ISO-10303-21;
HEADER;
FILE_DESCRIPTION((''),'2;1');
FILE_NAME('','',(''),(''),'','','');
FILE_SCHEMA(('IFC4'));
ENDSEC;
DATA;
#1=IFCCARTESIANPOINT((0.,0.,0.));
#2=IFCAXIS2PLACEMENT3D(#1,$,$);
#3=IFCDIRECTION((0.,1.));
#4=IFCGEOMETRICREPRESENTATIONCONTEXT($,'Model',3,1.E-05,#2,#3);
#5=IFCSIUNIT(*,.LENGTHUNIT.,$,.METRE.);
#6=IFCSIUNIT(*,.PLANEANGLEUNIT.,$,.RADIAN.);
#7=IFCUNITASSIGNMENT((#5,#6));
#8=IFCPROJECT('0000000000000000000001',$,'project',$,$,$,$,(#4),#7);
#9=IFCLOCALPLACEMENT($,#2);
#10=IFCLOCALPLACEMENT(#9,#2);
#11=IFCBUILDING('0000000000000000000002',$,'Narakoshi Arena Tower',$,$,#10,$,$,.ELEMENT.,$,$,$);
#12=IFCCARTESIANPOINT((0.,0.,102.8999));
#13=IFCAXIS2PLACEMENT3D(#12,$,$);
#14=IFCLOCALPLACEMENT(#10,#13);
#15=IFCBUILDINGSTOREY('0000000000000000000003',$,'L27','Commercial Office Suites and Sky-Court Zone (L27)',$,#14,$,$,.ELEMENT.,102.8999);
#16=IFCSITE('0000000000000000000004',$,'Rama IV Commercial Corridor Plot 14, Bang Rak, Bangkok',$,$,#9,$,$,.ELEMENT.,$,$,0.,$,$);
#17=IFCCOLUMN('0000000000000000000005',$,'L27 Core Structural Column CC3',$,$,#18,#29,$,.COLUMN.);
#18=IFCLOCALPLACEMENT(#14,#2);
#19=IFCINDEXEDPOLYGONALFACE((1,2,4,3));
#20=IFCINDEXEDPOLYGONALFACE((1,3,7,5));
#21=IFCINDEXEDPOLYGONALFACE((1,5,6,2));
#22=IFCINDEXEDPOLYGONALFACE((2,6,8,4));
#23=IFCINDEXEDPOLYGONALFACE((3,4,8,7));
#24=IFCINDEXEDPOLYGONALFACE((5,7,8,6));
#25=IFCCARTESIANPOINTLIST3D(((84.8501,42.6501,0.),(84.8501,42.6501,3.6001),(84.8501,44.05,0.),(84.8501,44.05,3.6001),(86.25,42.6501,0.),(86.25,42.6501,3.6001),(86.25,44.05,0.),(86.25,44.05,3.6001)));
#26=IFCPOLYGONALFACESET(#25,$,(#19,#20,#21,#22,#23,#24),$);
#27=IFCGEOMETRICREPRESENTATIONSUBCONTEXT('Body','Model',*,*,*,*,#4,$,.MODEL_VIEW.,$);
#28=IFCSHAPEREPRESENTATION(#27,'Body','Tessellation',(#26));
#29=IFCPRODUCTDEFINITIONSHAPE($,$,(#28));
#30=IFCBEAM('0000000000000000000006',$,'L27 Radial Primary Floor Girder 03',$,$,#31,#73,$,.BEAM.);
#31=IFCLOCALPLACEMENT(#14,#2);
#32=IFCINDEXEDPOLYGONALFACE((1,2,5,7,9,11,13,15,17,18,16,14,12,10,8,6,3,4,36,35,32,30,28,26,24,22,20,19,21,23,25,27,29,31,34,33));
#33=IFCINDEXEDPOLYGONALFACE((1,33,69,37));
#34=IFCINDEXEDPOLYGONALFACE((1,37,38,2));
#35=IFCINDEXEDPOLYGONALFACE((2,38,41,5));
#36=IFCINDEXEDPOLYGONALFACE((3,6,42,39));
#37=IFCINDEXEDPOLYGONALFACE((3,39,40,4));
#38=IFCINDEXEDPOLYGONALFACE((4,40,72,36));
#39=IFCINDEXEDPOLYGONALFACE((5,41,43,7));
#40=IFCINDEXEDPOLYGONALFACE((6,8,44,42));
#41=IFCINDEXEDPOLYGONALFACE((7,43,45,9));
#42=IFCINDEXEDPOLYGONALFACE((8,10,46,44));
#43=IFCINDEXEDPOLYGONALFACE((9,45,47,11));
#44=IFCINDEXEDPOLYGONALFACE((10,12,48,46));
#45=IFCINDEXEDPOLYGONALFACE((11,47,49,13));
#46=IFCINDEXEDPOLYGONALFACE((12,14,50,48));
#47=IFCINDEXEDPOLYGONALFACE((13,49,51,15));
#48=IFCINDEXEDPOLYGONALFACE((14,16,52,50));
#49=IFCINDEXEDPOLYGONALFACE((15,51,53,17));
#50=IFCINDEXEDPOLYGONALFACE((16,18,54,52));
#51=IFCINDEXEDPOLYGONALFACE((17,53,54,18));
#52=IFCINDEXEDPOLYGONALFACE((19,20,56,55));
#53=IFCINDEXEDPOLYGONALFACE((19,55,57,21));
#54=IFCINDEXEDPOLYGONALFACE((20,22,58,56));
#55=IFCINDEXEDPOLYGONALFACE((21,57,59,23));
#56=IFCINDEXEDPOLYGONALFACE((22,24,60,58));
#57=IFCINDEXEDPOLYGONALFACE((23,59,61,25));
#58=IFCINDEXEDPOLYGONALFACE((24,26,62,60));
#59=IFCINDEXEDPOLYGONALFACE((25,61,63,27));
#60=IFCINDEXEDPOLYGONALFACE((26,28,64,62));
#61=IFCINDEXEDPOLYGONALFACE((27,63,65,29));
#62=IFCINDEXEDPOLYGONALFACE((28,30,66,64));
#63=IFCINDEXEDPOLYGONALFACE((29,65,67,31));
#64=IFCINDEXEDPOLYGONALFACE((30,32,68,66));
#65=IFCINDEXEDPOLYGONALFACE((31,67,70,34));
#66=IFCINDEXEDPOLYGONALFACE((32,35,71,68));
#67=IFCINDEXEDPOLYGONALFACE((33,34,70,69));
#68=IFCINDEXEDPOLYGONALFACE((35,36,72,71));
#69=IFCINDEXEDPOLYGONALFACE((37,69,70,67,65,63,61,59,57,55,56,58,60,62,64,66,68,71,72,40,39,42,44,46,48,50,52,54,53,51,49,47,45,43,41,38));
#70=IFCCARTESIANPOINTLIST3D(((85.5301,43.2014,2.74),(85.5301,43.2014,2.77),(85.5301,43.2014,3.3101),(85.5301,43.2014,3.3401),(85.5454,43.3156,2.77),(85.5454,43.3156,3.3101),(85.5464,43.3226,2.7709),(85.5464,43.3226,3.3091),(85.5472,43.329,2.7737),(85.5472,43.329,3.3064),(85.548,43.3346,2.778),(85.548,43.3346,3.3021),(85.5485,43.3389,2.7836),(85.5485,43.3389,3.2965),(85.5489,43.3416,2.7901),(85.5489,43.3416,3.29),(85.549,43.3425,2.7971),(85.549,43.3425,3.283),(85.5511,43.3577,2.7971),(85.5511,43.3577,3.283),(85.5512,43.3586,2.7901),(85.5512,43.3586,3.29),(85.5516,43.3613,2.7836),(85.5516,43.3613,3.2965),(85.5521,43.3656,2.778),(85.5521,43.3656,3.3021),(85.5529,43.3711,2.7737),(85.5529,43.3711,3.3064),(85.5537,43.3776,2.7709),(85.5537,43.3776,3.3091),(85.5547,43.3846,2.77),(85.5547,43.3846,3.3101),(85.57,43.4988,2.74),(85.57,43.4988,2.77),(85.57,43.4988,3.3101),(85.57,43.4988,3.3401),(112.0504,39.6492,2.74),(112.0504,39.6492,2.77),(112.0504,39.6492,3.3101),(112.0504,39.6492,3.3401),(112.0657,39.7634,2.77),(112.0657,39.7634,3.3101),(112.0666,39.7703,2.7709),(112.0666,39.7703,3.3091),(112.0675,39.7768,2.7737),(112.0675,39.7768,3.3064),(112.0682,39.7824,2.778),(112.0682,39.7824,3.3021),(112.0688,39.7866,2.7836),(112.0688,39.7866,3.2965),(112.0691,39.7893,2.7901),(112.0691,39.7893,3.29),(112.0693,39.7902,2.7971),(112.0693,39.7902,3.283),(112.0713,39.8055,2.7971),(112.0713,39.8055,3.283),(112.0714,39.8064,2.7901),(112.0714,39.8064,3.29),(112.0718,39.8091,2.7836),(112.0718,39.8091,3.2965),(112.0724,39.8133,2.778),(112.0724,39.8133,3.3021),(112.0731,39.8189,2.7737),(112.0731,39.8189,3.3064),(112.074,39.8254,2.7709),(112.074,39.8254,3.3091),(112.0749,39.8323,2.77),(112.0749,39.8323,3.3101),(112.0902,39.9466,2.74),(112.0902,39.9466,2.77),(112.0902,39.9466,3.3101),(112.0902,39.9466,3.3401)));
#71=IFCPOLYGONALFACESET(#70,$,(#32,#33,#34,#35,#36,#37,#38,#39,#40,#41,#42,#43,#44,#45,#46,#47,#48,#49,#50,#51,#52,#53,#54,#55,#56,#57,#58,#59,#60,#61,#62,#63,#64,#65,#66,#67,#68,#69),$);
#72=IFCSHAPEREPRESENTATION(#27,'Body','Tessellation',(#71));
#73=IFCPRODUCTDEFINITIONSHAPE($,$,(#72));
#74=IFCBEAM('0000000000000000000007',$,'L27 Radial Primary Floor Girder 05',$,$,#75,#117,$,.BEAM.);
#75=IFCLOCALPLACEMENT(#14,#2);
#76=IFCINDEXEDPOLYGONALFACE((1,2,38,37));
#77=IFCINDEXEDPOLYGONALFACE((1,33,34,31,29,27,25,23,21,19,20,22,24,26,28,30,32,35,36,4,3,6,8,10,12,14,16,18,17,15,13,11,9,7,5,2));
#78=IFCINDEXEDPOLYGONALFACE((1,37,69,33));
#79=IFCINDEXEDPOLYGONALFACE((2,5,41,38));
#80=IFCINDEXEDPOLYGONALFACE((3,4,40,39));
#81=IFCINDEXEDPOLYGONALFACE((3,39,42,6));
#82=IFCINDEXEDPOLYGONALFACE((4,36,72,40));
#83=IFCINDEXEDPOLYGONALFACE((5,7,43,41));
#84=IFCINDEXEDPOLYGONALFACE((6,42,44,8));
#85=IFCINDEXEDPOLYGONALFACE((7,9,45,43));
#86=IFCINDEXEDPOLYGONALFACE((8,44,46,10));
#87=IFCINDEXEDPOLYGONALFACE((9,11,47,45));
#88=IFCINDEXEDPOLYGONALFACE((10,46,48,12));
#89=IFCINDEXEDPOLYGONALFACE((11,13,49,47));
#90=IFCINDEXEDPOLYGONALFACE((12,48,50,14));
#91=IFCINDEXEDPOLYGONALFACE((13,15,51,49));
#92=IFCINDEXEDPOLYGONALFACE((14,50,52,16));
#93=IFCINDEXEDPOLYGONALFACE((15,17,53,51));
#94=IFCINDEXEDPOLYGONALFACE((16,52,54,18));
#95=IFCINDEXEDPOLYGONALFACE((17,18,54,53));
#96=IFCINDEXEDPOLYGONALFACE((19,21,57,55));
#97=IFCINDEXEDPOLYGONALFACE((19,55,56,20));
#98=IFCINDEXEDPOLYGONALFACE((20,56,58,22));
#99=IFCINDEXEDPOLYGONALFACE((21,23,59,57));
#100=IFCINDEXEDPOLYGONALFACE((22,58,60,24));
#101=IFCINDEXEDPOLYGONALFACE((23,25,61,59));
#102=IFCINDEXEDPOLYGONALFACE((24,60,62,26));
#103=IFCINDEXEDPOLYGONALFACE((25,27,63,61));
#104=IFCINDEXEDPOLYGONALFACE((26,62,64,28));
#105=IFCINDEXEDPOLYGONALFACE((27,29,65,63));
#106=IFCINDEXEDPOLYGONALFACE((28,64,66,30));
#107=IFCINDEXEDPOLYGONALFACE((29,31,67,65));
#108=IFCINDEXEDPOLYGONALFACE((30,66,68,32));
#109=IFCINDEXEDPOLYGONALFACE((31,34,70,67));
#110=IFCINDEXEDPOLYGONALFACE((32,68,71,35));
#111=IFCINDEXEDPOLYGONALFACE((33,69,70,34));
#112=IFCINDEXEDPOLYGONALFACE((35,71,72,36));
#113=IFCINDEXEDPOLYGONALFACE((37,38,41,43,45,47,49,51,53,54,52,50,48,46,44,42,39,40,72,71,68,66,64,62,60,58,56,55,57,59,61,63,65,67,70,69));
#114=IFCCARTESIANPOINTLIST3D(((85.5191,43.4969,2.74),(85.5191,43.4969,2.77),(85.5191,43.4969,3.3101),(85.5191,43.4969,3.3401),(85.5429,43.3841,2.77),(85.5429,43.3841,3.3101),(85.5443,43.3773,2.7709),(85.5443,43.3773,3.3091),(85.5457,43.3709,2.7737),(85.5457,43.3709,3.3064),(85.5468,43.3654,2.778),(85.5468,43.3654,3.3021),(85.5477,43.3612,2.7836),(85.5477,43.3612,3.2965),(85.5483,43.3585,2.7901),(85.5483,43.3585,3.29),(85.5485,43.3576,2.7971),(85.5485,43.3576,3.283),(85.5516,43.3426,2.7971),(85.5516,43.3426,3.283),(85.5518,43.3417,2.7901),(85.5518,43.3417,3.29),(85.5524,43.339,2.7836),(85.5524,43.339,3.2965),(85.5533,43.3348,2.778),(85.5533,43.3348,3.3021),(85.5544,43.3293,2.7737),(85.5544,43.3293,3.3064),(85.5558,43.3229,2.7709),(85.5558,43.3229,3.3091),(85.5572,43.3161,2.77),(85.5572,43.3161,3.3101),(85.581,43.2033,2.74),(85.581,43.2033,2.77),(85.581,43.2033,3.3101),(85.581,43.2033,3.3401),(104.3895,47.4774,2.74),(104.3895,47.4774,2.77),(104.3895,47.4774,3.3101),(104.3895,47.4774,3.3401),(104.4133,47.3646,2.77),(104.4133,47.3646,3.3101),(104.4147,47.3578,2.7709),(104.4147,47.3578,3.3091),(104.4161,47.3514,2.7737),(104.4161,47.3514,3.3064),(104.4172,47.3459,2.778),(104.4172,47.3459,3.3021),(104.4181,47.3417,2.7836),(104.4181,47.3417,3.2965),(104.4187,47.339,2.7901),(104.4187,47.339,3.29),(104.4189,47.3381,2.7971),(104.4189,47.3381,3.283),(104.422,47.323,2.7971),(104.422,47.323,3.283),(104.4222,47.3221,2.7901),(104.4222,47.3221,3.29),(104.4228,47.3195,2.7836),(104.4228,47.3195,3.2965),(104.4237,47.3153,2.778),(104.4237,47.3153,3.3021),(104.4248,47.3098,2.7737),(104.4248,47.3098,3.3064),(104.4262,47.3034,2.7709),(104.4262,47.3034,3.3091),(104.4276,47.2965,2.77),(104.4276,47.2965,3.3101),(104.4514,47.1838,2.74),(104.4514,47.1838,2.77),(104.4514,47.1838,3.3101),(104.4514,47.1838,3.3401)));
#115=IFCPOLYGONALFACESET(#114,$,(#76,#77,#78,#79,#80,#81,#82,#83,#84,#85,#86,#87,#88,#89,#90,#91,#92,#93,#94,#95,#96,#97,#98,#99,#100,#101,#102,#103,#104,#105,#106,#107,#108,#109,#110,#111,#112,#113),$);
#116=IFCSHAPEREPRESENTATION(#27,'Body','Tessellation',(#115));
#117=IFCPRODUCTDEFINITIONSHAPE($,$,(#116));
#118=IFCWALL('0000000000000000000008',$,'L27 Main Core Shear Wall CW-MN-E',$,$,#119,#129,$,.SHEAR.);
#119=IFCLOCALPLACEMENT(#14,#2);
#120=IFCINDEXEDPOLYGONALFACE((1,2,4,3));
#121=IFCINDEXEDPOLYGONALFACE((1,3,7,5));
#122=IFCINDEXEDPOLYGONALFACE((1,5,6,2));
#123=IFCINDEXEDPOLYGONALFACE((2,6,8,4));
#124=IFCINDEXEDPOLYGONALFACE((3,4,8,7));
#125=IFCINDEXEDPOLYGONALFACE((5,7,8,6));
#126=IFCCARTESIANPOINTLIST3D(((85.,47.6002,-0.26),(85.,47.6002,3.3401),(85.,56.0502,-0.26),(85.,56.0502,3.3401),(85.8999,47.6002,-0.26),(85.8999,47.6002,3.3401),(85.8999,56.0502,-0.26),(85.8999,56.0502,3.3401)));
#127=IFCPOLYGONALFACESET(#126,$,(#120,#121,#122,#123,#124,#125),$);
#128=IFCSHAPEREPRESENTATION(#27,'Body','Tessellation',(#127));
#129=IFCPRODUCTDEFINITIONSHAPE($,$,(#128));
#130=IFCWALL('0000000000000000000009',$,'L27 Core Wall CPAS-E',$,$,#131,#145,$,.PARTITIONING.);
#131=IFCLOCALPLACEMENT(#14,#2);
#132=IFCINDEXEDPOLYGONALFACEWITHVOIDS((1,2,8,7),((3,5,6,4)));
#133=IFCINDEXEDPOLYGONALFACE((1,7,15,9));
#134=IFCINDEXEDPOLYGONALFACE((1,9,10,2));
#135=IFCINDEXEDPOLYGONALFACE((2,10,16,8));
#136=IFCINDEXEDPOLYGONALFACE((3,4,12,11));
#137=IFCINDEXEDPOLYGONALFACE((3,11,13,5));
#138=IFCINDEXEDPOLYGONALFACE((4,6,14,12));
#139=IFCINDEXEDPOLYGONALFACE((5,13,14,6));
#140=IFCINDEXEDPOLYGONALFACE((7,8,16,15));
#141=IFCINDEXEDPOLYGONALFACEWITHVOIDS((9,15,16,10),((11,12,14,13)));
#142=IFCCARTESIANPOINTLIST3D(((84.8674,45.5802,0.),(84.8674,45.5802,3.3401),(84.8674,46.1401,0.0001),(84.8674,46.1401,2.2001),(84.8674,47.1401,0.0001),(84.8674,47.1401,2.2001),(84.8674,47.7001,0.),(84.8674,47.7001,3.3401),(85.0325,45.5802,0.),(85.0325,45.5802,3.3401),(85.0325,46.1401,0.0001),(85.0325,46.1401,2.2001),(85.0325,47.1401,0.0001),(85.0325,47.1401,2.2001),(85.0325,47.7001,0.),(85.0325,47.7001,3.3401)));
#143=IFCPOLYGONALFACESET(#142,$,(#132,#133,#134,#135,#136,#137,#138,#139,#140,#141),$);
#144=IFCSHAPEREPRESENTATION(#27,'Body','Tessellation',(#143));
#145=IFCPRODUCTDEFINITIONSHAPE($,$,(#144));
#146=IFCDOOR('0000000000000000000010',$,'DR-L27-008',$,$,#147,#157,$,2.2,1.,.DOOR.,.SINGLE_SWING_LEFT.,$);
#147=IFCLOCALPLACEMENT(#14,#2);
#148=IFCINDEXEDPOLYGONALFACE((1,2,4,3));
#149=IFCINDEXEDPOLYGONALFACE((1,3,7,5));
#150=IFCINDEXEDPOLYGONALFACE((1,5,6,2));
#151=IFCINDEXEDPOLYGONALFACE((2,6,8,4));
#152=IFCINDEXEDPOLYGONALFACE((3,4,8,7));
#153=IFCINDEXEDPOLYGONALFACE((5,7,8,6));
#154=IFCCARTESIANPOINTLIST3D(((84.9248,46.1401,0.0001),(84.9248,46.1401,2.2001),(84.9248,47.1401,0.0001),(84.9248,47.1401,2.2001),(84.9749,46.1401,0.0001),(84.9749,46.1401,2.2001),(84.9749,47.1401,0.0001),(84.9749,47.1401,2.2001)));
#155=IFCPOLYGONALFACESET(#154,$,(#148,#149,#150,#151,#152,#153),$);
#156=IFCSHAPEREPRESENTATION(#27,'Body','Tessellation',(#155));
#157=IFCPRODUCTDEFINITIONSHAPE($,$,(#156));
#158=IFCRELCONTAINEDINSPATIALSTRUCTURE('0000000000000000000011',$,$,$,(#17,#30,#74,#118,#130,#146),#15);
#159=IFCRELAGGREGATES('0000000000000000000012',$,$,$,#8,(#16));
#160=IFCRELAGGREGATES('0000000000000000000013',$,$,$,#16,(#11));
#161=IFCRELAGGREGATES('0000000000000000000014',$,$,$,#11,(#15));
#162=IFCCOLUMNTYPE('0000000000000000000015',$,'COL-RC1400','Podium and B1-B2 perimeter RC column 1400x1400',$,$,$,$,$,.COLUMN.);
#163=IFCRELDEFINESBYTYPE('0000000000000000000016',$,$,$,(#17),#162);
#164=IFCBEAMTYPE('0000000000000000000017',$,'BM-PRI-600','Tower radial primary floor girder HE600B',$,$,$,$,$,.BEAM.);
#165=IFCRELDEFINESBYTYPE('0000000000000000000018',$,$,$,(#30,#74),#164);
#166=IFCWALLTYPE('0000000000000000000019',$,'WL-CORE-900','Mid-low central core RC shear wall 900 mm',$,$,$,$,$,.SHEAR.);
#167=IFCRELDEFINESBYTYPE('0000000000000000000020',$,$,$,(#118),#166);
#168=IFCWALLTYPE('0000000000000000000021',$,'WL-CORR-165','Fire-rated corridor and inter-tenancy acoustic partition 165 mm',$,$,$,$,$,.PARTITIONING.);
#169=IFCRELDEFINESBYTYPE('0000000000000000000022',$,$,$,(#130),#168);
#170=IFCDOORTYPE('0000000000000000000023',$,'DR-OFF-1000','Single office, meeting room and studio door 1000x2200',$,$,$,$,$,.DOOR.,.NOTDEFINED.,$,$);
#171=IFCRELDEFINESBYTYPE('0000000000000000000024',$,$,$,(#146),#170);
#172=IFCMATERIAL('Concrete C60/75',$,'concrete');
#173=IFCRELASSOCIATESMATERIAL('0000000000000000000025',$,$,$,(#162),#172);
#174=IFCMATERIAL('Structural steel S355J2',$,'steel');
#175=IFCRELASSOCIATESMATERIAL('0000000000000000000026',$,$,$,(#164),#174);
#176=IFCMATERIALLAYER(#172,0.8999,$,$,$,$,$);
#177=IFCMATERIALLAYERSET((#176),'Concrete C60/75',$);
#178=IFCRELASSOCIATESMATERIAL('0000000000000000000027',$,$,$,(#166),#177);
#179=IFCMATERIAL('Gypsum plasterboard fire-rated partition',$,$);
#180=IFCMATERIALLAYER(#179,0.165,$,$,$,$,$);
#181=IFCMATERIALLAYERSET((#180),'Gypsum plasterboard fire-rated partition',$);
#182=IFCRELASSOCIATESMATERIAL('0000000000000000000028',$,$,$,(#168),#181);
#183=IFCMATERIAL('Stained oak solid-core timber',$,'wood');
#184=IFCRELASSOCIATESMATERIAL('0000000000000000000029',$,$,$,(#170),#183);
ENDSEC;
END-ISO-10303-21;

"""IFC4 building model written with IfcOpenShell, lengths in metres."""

from ifc_helpers import new_model, si_unit, direction, frame, frame_2d, origin, origin_2d, place, context, subcontext, project, spatial, rectangle, i_section, extrude, material, layer, layer_set, material_profile, profile_set, type_object, element, fill, save


model = new_model("IFC4")

# Units and contexts
model_context = context("Model", 3, precision=1e-05, world=origin(), true_north=direction((0.0, 1.0)))
body_context = subcontext(model_context, "Body", "Model", "MODEL_VIEW")
ifc_project = project(units=[si_unit("LENGTHUNIT", "METRE"), si_unit("PLANEANGLEUNIT", "RADIAN")], contexts=[model_context])

# Site, building, storey
site_placement = place(None, origin())
site = spatial("IfcSite", under=ifc_project, at=site_placement, Name="Rama IV Commercial Corridor Plot 14, Bang Rak, Bangkok", CompositionType="ELEMENT", RefElevation=0.0)
building_placement = place(site_placement, origin())
building = spatial("IfcBuilding", under=site, at=building_placement, Name="Narakoshi Arena Tower", CompositionType="ELEMENT")
storey_placement = place(building_placement, frame((0.0, 0.0, 102.8999)))
storey = spatial("IfcBuildingStorey", under=building, at=storey_placement, Name="L27", Description="Commercial Office Suites and Sky-Court Zone (L27)", CompositionType="ELEMENT", Elevation=102.8999)

# Column
ifc_material_1 = material(Name="Concrete C60/75", Category="concrete")
ifc_material_profile_1 = material_profile(ifc_material_1, rectangle(XDim=1.3999, YDim=1.3999, at=origin_2d()), Name="RC1400x1400")
ifc_profile_set_1 = profile_set([ifc_material_profile_1], Name="Concrete C60/75")
column_type = type_object("IfcColumnType", Name="COL-RC1400", Description="Podium and B1-B2 perimeter RC column 1400x1400", PredefinedType="COLUMN", material=ifc_profile_set_1)
column_placement = place(storey_placement, frame((85.55, 43.3501, 0.0), z_axis=(0.0, 0.0, 1.0), x_axis=(1.0, 0.0, 0.0)))
element("IfcColumn", 1, at=column_placement, inside=storey, type_object=column_type, Name="L27 Core Structural Column CC3", PredefinedType="COLUMN", context=body_context, shape_type="SweptSolid", body=[
    extrude(rectangle(XDim=1.3999, YDim=1.3999, at=origin_2d()), origin(), (0.0, 0.0, 1.0), 3.6001),
])

# Beams
ifc_material_2 = material(Name="Structural steel S355J2", Category="steel")
ifc_material_profile_2 = material_profile(ifc_material_2, i_section(OverallWidth=0.3, OverallDepth=0.6001, WebThickness=0.0154, FlangeThickness=0.03, FilletRadius=0.0271, at=origin_2d()), Name="HE600B")
ifc_profile_set_2 = profile_set([ifc_material_profile_2], Name="Structural steel S355J2")
beam_type = type_object("IfcBeamType", Name="BM-PRI-600", Description="Tower radial primary floor girder HE600B", PredefinedType="BEAM", material=ifc_profile_set_2)
beam_1_placement = place(storey_placement, frame((85.55, 43.3501, 3.04), z_axis=(0.991148, -0.132759, 0.0), x_axis=(0.132759, 0.991148, 0.0)))
element("IfcBeam", 2, at=beam_1_placement, inside=storey, type_object=beam_type, Name="L27 Radial Primary Floor Girder 03", PredefinedType="BEAM", context=body_context, shape_type="SweptSolid", body=[
    extrude(i_section(OverallWidth=0.3, OverallDepth=0.6001, WebThickness=0.0154, FlangeThickness=0.03, FilletRadius=0.0271, at=origin_2d()), origin(), (0.0, 0.0, 1.0), 26.7571),
])
beam_2_placement = place(storey_placement, frame((85.55, 43.3501, 3.04), z_axis=(0.978469, 0.206396, 0.0), x_axis=(-0.206396, 0.978469, 0.0)))
element("IfcBeam", 3, at=beam_2_placement, inside=storey, type_object=beam_type, Name="L27 Radial Primary Floor Girder 05", PredefinedType="BEAM", context=body_context, shape_type="SweptSolid", body=[
    extrude(i_section(OverallWidth=0.3, OverallDepth=0.6001, WebThickness=0.0154, FlangeThickness=0.03, FilletRadius=0.0271, at=origin_2d()), origin(), (0.0, 0.0, 1.0), 19.2856),
])

# Wall
ifc_layer_1 = layer(ifc_material_1, 0.8999)
ifc_layer_set_1 = layer_set([ifc_layer_1], Name="Concrete C60/75")
wall_type_1 = type_object("IfcWallType", Name="WL-CORE-900", Description="Mid-low central core RC shear wall 900 mm", PredefinedType="SHEAR", material=ifc_layer_set_1)
wall_1_placement = place(storey_placement, frame((85.45, 47.6001, -0.26), z_axis=(0.0, 0.0, 1.0), x_axis=(0.0, 1.0, 0.0)))
element("IfcWall", 4, at=wall_1_placement, inside=storey, type_object=wall_type_1, Name="L27 Main Core Shear Wall CW-MN-E", PredefinedType="SHEAR", context=body_context, shape_type="SweptSolid", body=[
    extrude(rectangle(XDim=8.45, YDim=0.8999, at=frame_2d((4.2251, 0.0))), origin(), (0.0, 0.0, 1.0), 3.6001),
])

# Wall, opening, door
ifc_material_3 = material(Name="Gypsum plasterboard fire-rated partition")
ifc_layer_2 = layer(ifc_material_3, 0.165)
ifc_layer_set_2 = layer_set([ifc_layer_2], Name="Gypsum plasterboard fire-rated partition")
wall_type_2 = type_object("IfcWallType", Name="WL-CORR-165", Description="Fire-rated corridor and inter-tenancy acoustic partition 165 mm", PredefinedType="PARTITIONING", material=ifc_layer_set_2)
wall_2_placement = place(storey_placement, frame((84.95, 45.5801, 0.0), z_axis=(0.0, 0.0, 1.0), x_axis=(0.0, 1.0, 0.0)))
wall_2 = element("IfcWall", 5, at=wall_2_placement, inside=storey, type_object=wall_type_2, Name="L27 Core Wall CPAS-E", PredefinedType="PARTITIONING", context=body_context, shape_type="SweptSolid", body=[
    extrude(rectangle(XDim=2.1199, YDim=0.165, at=frame_2d((1.0601, 0.0))), origin(), (0.0, 0.0, 1.0), 3.3401),
])
opening_1_placement = place(wall_2_placement, frame((0.5601, 0.0, 0.0)))
opening_1 = element("IfcOpeningElement", 6, at=opening_1_placement, cuts=wall_2, PredefinedType="OPENING", context=body_context, shape_type="SweptSolid", body=[
    extrude(rectangle(XDim=1.0, YDim=2.2, at=frame_2d((0.5, 1.1001))), frame((0.0, 0.0925, 0.0), z_axis=(0.0, -1.0, 0.0), x_axis=(1.0, 0.0, 0.0)), (0.0, 0.0, 1.0), 0.1851),
])
ifc_material_4 = material(Name="Stained oak solid-core timber", Category="wood")
door_type_1 = type_object("IfcDoorType", Name="DR-OFF-1000", Description="Single office, meeting room and studio door 1000x2200", OperationType="NOTDEFINED", PredefinedType="DOOR", material=ifc_material_4)
door_1_placement = place(opening_1_placement, frame((1.0, 0.0, 0.0), z_axis=(0.0, 0.0, 1.0), x_axis=(-1.0, 0.0, 0.0)))
door_1 = element("IfcDoor", 7, at=door_1_placement, inside=storey, type_object=door_type_1, Name="DR-L27-008", OperationType="SINGLE_SWING_LEFT", OverallHeight=2.2, OverallWidth=1.0, PredefinedType="DOOR", context=body_context, shape_type="SweptSolid", body=[
    extrude(rectangle(XDim=1.0, YDim=2.2, at=frame_2d((0.5, 1.1001))), frame((0.0, 0.0249, 0.0), z_axis=(0.0, -1.0, 0.0), x_axis=(1.0, 0.0, 0.0)), (0.0, 0.0, 1.0), 0.05),
])
fill(opening_1, door_1)

save(model, "model.ifc")
